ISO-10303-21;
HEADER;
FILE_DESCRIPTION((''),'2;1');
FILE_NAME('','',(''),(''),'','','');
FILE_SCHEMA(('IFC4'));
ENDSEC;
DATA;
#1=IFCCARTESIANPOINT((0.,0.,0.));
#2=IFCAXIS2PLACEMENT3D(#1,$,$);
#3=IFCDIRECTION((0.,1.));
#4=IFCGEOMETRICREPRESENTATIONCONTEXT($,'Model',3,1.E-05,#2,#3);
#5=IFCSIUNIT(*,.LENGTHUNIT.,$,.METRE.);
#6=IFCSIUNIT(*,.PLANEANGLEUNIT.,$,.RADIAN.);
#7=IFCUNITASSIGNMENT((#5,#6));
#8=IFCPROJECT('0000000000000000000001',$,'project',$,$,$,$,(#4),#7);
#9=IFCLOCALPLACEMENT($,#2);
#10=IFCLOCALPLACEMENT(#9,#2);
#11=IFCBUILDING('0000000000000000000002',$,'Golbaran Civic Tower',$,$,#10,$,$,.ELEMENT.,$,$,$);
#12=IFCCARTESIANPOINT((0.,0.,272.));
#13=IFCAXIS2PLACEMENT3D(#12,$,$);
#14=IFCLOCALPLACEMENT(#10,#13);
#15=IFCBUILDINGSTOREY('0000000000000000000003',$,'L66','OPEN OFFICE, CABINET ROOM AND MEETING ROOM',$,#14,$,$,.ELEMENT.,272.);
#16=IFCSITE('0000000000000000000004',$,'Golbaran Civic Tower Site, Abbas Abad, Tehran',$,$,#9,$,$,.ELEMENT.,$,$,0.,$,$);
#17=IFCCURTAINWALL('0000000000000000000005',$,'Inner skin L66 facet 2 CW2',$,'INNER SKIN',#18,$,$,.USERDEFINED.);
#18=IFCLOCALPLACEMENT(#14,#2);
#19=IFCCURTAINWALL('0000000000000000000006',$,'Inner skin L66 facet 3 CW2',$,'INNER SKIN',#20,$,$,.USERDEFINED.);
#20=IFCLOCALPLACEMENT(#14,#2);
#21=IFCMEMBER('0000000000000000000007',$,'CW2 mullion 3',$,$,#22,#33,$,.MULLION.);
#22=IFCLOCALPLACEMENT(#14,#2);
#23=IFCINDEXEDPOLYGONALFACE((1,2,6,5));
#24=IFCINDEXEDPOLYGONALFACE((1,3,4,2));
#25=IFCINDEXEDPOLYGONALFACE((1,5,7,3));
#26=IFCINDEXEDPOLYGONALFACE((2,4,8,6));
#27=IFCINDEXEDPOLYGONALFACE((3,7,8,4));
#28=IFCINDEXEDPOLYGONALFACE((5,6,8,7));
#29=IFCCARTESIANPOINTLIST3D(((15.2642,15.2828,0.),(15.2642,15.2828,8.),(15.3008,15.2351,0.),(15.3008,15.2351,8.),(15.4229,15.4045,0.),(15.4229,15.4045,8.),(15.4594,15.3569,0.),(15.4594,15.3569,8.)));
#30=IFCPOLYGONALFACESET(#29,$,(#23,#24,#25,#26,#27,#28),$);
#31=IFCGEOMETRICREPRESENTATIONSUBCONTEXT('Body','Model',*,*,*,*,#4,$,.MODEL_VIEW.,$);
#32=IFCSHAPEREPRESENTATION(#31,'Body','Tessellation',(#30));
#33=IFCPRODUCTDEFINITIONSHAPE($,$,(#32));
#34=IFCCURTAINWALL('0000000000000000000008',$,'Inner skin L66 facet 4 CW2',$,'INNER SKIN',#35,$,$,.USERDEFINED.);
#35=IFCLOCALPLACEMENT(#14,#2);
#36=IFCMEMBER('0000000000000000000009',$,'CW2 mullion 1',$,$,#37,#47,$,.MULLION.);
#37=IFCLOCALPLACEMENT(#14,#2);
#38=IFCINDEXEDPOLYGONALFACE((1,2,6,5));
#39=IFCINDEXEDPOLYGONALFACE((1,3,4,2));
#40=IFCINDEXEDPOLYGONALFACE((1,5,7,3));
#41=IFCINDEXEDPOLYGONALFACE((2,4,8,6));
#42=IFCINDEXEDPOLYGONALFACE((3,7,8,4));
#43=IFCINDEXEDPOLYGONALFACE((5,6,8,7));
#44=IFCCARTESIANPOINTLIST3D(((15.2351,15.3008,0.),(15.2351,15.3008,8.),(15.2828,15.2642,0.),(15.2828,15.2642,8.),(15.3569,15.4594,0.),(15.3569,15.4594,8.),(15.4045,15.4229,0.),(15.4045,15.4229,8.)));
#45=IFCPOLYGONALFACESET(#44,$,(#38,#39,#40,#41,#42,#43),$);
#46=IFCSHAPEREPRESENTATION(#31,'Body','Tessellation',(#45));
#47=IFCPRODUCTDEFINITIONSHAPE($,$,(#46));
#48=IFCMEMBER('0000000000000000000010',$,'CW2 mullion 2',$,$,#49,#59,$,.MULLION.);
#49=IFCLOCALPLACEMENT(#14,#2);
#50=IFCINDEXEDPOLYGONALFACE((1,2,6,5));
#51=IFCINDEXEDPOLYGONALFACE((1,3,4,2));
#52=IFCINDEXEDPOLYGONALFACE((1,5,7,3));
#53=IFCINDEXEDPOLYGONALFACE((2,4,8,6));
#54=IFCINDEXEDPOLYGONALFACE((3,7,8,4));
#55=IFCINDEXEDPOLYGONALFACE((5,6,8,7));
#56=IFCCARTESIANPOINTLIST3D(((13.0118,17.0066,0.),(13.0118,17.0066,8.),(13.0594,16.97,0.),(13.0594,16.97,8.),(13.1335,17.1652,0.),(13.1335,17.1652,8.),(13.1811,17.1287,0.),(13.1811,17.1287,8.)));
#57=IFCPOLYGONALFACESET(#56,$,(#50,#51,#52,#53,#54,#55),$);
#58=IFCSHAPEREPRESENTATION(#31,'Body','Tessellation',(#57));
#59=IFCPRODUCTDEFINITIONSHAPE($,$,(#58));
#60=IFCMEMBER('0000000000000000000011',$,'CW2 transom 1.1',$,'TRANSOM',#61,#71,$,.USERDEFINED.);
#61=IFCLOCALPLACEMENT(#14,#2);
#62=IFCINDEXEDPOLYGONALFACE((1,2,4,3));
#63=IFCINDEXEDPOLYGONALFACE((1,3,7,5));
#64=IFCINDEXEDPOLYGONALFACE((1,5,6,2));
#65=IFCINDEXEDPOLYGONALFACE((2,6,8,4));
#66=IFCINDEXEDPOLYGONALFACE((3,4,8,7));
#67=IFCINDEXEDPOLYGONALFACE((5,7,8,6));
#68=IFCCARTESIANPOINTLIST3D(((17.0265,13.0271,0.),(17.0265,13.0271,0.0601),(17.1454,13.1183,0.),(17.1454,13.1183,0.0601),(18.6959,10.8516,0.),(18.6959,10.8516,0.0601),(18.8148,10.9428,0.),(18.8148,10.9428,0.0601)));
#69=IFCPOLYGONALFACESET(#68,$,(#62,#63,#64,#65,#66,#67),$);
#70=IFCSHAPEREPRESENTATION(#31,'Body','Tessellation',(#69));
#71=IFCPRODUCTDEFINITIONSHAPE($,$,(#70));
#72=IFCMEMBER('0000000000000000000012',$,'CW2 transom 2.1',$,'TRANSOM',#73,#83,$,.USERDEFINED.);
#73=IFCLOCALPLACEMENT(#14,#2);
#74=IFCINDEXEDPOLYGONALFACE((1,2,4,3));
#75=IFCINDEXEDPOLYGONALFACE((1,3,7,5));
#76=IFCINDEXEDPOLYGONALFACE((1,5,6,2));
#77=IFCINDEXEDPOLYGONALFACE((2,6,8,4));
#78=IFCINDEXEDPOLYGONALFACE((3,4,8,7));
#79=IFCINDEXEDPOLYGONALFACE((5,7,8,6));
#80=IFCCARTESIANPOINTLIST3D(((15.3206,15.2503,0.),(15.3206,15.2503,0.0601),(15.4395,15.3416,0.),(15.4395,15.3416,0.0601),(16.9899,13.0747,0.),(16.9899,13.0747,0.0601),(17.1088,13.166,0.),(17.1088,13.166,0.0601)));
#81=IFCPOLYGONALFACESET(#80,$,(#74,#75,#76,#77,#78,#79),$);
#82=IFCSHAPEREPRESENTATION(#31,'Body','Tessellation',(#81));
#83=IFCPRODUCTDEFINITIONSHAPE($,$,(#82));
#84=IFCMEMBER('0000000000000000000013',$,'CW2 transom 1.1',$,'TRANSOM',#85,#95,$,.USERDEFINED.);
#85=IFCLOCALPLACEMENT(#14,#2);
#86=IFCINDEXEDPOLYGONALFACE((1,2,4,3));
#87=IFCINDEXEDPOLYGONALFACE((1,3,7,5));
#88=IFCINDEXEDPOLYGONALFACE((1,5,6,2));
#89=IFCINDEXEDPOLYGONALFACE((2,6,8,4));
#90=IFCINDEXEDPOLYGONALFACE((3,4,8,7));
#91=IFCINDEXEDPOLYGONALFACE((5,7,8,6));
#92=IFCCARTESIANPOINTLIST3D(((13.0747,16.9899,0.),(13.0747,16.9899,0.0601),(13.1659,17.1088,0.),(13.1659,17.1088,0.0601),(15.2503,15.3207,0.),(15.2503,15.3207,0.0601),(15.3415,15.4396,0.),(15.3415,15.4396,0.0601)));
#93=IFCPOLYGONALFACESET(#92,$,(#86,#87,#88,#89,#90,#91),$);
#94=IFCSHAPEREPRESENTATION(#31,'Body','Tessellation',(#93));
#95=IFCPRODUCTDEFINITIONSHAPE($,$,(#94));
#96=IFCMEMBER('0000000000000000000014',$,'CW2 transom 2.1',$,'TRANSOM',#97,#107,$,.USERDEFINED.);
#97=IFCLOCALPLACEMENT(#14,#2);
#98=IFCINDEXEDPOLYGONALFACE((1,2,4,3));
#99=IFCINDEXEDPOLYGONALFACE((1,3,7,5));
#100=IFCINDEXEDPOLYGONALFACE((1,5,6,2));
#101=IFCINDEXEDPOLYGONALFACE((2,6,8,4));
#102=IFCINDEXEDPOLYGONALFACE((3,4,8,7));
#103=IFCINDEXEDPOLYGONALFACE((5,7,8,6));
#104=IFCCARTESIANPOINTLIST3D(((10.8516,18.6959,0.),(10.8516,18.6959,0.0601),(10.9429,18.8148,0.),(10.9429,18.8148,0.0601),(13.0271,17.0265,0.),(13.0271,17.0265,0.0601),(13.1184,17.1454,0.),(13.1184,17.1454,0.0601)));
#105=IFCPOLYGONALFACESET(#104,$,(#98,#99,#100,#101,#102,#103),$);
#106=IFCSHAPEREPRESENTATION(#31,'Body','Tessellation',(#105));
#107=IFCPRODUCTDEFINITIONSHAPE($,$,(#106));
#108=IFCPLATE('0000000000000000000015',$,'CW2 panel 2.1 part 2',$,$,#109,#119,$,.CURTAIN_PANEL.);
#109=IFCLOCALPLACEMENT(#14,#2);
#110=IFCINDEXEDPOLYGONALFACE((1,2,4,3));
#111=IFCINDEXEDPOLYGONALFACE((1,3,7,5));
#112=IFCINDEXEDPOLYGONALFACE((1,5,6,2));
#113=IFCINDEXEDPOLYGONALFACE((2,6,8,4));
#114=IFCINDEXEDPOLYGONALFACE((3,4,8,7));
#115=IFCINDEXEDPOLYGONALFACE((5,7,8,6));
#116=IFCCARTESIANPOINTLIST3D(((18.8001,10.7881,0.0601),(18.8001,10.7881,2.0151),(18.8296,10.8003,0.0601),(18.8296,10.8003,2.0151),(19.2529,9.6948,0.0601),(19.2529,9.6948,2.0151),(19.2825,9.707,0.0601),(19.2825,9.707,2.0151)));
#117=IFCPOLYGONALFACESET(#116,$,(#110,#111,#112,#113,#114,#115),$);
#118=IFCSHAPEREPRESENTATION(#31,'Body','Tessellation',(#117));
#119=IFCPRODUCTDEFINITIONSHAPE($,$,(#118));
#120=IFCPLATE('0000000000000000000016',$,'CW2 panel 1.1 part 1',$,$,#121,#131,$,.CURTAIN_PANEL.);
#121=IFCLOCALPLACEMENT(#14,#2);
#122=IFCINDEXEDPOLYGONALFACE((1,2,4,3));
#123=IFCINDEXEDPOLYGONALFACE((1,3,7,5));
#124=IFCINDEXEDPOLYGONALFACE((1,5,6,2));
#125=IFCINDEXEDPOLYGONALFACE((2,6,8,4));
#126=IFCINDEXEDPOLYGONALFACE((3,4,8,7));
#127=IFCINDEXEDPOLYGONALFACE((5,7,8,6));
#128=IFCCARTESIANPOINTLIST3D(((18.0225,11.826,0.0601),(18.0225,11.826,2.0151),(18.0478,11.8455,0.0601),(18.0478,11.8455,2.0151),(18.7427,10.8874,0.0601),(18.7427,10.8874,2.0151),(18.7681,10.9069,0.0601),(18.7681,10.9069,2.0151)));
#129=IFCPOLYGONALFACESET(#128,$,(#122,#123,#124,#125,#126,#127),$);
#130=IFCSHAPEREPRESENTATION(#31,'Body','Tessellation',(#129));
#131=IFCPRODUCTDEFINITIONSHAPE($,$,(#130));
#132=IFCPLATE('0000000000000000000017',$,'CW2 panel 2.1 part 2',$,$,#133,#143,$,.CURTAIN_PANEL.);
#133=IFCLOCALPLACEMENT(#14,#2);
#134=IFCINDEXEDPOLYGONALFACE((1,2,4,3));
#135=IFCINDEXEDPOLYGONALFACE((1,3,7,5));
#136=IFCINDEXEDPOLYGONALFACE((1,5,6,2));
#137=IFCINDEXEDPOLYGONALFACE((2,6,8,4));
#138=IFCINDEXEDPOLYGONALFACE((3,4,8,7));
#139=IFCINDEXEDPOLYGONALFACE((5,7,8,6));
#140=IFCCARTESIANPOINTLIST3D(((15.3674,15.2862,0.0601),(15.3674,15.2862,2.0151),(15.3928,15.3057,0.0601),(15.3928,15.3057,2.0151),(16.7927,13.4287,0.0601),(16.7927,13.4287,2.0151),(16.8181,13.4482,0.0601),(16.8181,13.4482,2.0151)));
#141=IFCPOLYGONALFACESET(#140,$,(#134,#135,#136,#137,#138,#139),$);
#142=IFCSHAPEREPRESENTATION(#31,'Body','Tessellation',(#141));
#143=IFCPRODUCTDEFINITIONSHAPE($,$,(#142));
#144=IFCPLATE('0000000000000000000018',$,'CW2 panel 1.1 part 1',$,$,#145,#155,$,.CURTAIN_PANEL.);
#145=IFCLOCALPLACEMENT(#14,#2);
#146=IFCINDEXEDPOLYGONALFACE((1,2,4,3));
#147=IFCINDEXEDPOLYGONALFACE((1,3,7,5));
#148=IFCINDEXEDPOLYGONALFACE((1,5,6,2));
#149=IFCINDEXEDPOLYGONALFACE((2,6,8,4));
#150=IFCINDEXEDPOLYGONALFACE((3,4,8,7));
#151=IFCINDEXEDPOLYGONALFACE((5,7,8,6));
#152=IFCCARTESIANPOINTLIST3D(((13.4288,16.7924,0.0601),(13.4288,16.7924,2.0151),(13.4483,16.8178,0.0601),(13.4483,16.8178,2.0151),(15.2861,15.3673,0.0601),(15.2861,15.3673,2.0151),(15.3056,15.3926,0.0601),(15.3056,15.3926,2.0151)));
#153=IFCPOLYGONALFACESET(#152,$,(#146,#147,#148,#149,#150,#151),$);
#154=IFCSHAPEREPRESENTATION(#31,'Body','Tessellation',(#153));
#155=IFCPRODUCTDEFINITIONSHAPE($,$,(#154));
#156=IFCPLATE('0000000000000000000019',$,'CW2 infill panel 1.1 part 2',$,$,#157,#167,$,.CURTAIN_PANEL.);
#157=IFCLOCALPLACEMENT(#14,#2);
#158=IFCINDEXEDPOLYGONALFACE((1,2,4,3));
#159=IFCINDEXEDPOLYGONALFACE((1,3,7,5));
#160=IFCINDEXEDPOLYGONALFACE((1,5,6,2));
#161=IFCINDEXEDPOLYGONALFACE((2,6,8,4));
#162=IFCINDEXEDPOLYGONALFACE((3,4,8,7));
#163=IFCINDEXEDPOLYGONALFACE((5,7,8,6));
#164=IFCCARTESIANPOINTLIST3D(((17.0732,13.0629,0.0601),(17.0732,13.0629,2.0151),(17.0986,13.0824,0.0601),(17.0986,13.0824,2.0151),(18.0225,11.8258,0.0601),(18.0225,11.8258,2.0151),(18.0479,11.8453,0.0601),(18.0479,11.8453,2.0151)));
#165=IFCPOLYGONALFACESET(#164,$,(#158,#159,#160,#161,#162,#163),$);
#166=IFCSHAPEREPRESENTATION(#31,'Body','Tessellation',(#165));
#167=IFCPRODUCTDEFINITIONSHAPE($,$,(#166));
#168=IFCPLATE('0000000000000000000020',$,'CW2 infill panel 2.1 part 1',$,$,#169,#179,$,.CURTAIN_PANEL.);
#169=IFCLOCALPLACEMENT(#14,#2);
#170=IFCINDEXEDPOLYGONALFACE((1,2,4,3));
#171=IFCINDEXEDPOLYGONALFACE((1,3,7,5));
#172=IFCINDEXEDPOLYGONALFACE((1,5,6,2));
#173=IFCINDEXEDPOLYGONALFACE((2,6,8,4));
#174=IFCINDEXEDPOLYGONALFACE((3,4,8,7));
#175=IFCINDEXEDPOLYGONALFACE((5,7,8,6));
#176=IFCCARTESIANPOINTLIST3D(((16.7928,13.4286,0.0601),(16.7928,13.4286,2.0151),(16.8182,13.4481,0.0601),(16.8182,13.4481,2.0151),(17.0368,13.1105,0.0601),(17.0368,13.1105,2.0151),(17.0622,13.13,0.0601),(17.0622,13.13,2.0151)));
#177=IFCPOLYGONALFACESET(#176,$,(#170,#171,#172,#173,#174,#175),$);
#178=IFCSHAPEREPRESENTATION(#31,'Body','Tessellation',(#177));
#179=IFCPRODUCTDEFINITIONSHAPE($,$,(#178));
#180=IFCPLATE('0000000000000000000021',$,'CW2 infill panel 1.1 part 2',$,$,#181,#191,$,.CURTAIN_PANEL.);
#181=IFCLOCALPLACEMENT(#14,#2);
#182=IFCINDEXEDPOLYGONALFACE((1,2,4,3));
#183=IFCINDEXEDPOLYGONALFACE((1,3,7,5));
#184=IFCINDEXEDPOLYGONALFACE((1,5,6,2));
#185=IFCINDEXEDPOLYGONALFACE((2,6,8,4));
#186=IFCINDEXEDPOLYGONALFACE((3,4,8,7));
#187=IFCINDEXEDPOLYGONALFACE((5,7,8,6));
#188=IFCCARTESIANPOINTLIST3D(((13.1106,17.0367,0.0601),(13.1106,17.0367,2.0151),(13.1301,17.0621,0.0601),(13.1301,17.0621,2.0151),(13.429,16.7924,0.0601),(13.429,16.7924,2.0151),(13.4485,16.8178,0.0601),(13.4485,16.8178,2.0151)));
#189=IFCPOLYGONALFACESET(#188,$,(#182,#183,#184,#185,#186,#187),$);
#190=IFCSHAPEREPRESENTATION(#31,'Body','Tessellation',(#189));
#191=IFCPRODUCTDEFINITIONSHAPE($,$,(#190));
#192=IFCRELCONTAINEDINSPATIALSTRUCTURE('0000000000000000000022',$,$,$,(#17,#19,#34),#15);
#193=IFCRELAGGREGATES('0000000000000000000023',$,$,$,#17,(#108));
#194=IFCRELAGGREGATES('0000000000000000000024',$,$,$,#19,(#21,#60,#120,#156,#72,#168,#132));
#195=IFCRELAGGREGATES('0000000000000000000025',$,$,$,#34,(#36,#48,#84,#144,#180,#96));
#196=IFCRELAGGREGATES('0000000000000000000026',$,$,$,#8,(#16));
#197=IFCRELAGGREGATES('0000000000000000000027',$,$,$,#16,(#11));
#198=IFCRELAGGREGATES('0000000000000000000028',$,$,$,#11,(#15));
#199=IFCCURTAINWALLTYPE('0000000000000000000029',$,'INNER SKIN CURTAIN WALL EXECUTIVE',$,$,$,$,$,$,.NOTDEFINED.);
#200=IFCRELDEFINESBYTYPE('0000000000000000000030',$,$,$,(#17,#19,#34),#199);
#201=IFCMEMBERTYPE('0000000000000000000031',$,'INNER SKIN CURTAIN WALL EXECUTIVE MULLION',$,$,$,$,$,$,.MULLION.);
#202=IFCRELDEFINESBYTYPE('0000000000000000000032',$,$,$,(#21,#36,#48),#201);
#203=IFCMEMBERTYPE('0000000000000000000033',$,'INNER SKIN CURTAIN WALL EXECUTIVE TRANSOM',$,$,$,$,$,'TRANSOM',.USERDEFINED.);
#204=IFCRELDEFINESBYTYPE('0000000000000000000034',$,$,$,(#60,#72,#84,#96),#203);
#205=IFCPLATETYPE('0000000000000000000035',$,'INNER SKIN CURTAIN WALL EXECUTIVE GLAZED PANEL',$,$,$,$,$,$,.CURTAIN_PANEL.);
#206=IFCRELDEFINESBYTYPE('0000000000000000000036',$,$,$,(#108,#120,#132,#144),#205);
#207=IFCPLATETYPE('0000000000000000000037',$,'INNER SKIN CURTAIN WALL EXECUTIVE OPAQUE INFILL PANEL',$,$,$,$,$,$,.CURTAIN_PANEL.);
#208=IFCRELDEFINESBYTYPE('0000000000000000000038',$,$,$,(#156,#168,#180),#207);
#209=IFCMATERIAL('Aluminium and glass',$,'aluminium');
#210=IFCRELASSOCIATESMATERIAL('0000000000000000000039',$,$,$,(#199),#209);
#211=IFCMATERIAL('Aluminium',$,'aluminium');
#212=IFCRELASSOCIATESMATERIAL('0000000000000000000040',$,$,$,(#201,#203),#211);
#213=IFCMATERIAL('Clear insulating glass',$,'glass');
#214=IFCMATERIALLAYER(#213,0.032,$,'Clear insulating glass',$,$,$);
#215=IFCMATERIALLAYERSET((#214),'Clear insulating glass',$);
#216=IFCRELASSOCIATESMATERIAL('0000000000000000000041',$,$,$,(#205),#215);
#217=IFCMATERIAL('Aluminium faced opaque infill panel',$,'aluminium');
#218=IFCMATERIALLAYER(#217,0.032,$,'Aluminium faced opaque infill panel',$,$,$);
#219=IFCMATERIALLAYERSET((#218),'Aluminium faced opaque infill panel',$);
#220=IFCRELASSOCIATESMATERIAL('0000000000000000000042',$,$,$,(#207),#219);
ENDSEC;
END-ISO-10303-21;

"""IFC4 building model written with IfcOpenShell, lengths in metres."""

from ifc_helpers import new_model, si_unit, direction, frame, origin, origin_2d, place, context, subcontext, project, spatial, rectangle, extrude, material, layer, layer_set, material_profile, profile_set, type_object, element, aggregate, save


model = new_model("IFC4")

# Units and contexts
model_context = context("Model", 3, precision=1e-05, world=origin(), true_north=direction((0.0, 1.0)))
body_context = subcontext(model_context, "Body", "Model", "MODEL_VIEW")
ifc_project = project(units=[si_unit("LENGTHUNIT", "METRE"), si_unit("PLANEANGLEUNIT", "RADIAN")], contexts=[model_context])

# Site, building, storey
site_placement = place(None, origin())
site = spatial("IfcSite", under=ifc_project, at=site_placement, Name="Golbaran Civic Tower Site, Abbas Abad, Tehran", CompositionType="ELEMENT", RefElevation=0.0)
building_placement = place(site_placement, origin())
building = spatial("IfcBuilding", under=site, at=building_placement, Name="Golbaran Civic Tower", CompositionType="ELEMENT")
storey_placement = place(building_placement, frame((0.0, 0.0, 272.0)))
storey = spatial("IfcBuildingStorey", under=building, at=storey_placement, Name="L66", Description="OPEN OFFICE, CABINET ROOM AND MEETING ROOM", CompositionType="ELEMENT", Elevation=272.0)

# Curtain wall
ifc_material_1 = material(Name="Aluminium and glass", Category="aluminium")
curtain_wall_type = type_object("IfcCurtainWallType", Name="INNER SKIN CURTAIN WALL EXECUTIVE", PredefinedType="NOTDEFINED", material=ifc_material_1)
curtain_wall_1_placement = place(storey_placement, origin())
curtain_wall_1 = element("IfcCurtainWall", 1, at=curtain_wall_1_placement, inside=storey, type_object=curtain_wall_type, Name="Inner skin L66 facet 2 CW2", ObjectType="INNER SKIN", PredefinedType="USERDEFINED")
ifc_material_2 = material(Name="Aluminium", Category="aluminium")
ifc_material_profile_1 = material_profile(ifc_material_2, rectangle(XDim=0.2, YDim=0.0601, at=origin_2d()), Name="INNER SKIN CURTAIN WALL EXECUTIVE MULLION")
ifc_profile_set_1 = profile_set([ifc_material_profile_1], Name="Aluminium")
member_type_1 = type_object("IfcMemberType", Name="INNER SKIN CURTAIN WALL EXECUTIVE MULLION", PredefinedType="MULLION", material=ifc_profile_set_1)

# Curtain walls, members
curtain_wall_2_placement = place(storey_placement, origin())
curtain_wall_2 = element("IfcCurtainWall", 2, at=curtain_wall_2_placement, inside=storey, type_object=curtain_wall_type, Name="Inner skin L66 facet 3 CW2", ObjectType="INNER SKIN", PredefinedType="USERDEFINED")
member_1_placement = place(storey_placement, frame((15.3618, 15.3198, 0.0), z_axis=(0.0, 0.0, 1.0), x_axis=(-0.793353, -0.608761, 0.0)))
member_1 = element("IfcMember", 3, at=member_1_placement, type_object=member_type_1, Name="CW2 mullion 3", PredefinedType="MULLION", context=body_context, shape_type="SweptSolid", body=[
    extrude(rectangle(XDim=0.2, YDim=0.0601, at=origin_2d()), origin(), (0.0, 0.0, 1.0), 8.0),
])
curtain_wall_3_placement = place(storey_placement, origin())
curtain_wall_3 = element("IfcCurtainWall", 4, at=curtain_wall_3_placement, inside=storey, type_object=curtain_wall_type, Name="Inner skin L66 facet 4 CW2", ObjectType="INNER SKIN", PredefinedType="USERDEFINED")
member_2_placement = place(storey_placement, frame((15.3198, 15.3618, 0.0), z_axis=(0.0, 0.0, 1.0), x_axis=(-0.608761, -0.793353, 0.0)))
member_2 = element("IfcMember", 5, at=member_2_placement, type_object=member_type_1, Name="CW2 mullion 1", PredefinedType="MULLION", context=body_context, shape_type="SweptSolid", body=[
    extrude(rectangle(XDim=0.2, YDim=0.0601, at=origin_2d()), origin(), (0.0, 0.0, 1.0), 8.0),
])
member_3_placement = place(storey_placement, frame((13.0964, 17.0676, 0.0), z_axis=(0.0, 0.0, 1.0), x_axis=(-0.608761, -0.793353, 0.0)))
member_3 = element("IfcMember", 6, at=member_3_placement, type_object=member_type_1, Name="CW2 mullion 2", PredefinedType="MULLION", context=body_context, shape_type="SweptSolid", body=[
    extrude(rectangle(XDim=0.2, YDim=0.0601, at=origin_2d()), origin(), (0.0, 0.0, 1.0), 8.0),
])

# Members
ifc_material_profile_2 = material_profile(ifc_material_2, rectangle(XDim=0.1499, YDim=0.0601, at=origin_2d()), Name="INNER SKIN CURTAIN WALL EXECUTIVE TRANSOM")
ifc_profile_set_2 = profile_set([ifc_material_profile_2], Name="Aluminium")
member_type_2 = type_object("IfcMemberType", Name="INNER SKIN CURTAIN WALL EXECUTIVE TRANSOM", ElementType="TRANSOM", PredefinedType="USERDEFINED", material=ifc_profile_set_2)
member_4_placement = place(storey_placement, frame((18.7554, 10.8972, 0.03), z_axis=(-0.608781, 0.793338, 0.0), x_axis=(-0.793338, -0.608781, 0.0)))
member_4 = element("IfcMember", 7, at=member_4_placement, type_object=member_type_2, Name="CW2 transom 1.1", ObjectType="TRANSOM", PredefinedType="USERDEFINED", context=body_context, shape_type="SweptSolid", body=[
    extrude(rectangle(XDim=0.1499, YDim=0.0601, at=origin_2d()), origin(), (0.0, 0.0, 1.0), 2.7422),
])
member_5_placement = place(storey_placement, frame((17.0493, 13.1204, 0.03), z_axis=(-0.608725, 0.793381, 0.0), x_axis=(-0.793381, -0.608725, 0.0)))
member_5 = element("IfcMember", 8, at=member_5_placement, type_object=member_type_2, Name="CW2 transom 2.1", ObjectType="TRANSOM", PredefinedType="USERDEFINED", context=body_context, shape_type="SweptSolid", body=[
    extrude(rectangle(XDim=0.1499, YDim=0.0601, at=origin_2d()), origin(), (0.0, 0.0, 1.0), 2.7422),
])
member_6_placement = place(storey_placement, frame((15.2959, 15.3801, 0.03), z_axis=(-0.793381, 0.608725, 0.0), x_axis=(-0.608725, -0.793381, 0.0)))
member_6 = element("IfcMember", 9, at=member_6_placement, type_object=member_type_2, Name="CW2 transom 1.1", ObjectType="TRANSOM", PredefinedType="USERDEFINED", context=body_context, shape_type="SweptSolid", body=[
    extrude(rectangle(XDim=0.1499, YDim=0.0601, at=origin_2d()), origin(), (0.0, 0.0, 1.0), 2.7422),
])
member_7_placement = place(storey_placement, frame((13.0728, 17.0859, 0.03), z_axis=(-0.793338, 0.608781, 0.0), x_axis=(-0.608781, -0.793338, 0.0)))
member_7 = element("IfcMember", 10, at=member_7_placement, type_object=member_type_2, Name="CW2 transom 2.1", ObjectType="TRANSOM", PredefinedType="USERDEFINED", context=body_context, shape_type="SweptSolid", body=[
    extrude(rectangle(XDim=0.1499, YDim=0.0601, at=origin_2d()), origin(), (0.0, 0.0, 1.0), 2.7422),
])

# Plates
ifc_material_3 = material(Name="Clear insulating glass", Category="glass")
ifc_layer_1 = layer(ifc_material_3, 0.032, Name="Clear insulating glass")
ifc_layer_set_1 = layer_set([ifc_layer_1], Name="Clear insulating glass")
plate_type_1 = type_object("IfcPlateType", Name="INNER SKIN CURTAIN WALL EXECUTIVE GLAZED PANEL", PredefinedType="CURTAIN_PANEL", material=ifc_layer_set_1)
plate_1_placement = place(storey_placement, frame((19.0413, 10.2476, 0.0601), z_axis=(0.0, 0.0, 1.0), x_axis=(-0.382683, 0.92388, 0.0)))
plate_1 = element("IfcPlate", 11, at=plate_1_placement, type_object=plate_type_1, Name="CW2 panel 2.1 part 2", PredefinedType="CURTAIN_PANEL", context=body_context, shape_type="SweptSolid", body=[
    extrude(rectangle(XDim=1.1833, YDim=0.032, at=origin_2d()), origin(), (0.0, 0.0, 1.0), 1.9551),
])
aggregate(curtain_wall_1, [plate_1])
plate_2_placement = place(storey_placement, frame((18.3953, 11.3665, 0.0601), z_axis=(0.0, 0.0, 1.0), x_axis=(-0.608761, 0.793353, 0.0)))
plate_2 = element("IfcPlate", 12, at=plate_2_placement, type_object=plate_type_1, Name="CW2 panel 1.1 part 1", PredefinedType="CURTAIN_PANEL", context=body_context, shape_type="SweptSolid", body=[
    extrude(rectangle(XDim=1.1831, YDim=0.032, at=origin_2d()), origin(), (0.0, 0.0, 1.0), 1.9551),
])
plate_3_placement = place(storey_placement, frame((16.0928, 14.3672, 0.0601), z_axis=(0.0, 0.0, 1.0), x_axis=(-0.608761, 0.793353, 0.0)))
plate_3 = element("IfcPlate", 13, at=plate_3_placement, type_object=plate_type_1, Name="CW2 panel 2.1 part 2", PredefinedType="CURTAIN_PANEL", context=body_context, shape_type="SweptSolid", body=[
    extrude(rectangle(XDim=2.3413, YDim=0.032, at=origin_2d()), origin(), (0.0, 0.0, 1.0), 1.9551),
])
plate_4_placement = place(storey_placement, frame((14.3672, 16.0925, 0.0601), z_axis=(0.0, 0.0, 1.0), x_axis=(-0.793353, 0.608761, 0.0)))
plate_4 = element("IfcPlate", 14, at=plate_4_placement, type_object=plate_type_1, Name="CW2 panel 1.1 part 1", PredefinedType="CURTAIN_PANEL", context=body_context, shape_type="SweptSolid", body=[
    extrude(rectangle(XDim=2.3411, YDim=0.032, at=origin_2d()), origin(), (0.0, 0.0, 1.0), 1.9551),
])
ifc_material_4 = material(Name="Aluminium faced opaque infill panel", Category="aluminium")
ifc_layer_2 = layer(ifc_material_4, 0.032, Name="Aluminium faced opaque infill panel")
ifc_layer_set_2 = layer_set([ifc_layer_2], Name="Aluminium faced opaque infill panel")
plate_type_2 = type_object("IfcPlateType", Name="INNER SKIN CURTAIN WALL EXECUTIVE OPAQUE INFILL PANEL", PredefinedType="CURTAIN_PANEL", material=ifc_layer_set_2)
plate_5_placement = place(storey_placement, frame((17.5605, 12.4541, 0.0601), z_axis=(0.0, 0.0, 1.0), x_axis=(-0.608761, 0.793353, 0.0)))
plate_5 = element("IfcPlate", 15, at=plate_5_placement, type_object=plate_type_2, Name="CW2 infill panel 1.1 part 2", PredefinedType="CURTAIN_PANEL", context=body_context, shape_type="SweptSolid", body=[
    extrude(rectangle(XDim=1.5593, YDim=0.032, at=origin_2d()), origin(), (0.0, 0.0, 1.0), 1.9551),
])
plate_6_placement = place(storey_placement, frame((16.9275, 13.2793, 0.0601), z_axis=(0.0, 0.0, 1.0), x_axis=(-0.608761, 0.793353, 0.0)))
plate_6 = element("IfcPlate", 16, at=plate_6_placement, type_object=plate_type_2, Name="CW2 infill panel 2.1 part 1", PredefinedType="CURTAIN_PANEL", context=body_context, shape_type="SweptSolid", body=[
    extrude(rectangle(XDim=0.4009, YDim=0.032, at=origin_2d()), origin(), (0.0, 0.0, 1.0), 1.9551),
])
aggregate(curtain_wall_2, [member_1, member_4, plate_2, plate_5, member_5, plate_6, plate_3])
plate_7_placement = place(storey_placement, frame((13.2795, 16.9272, 0.0601), z_axis=(0.0, 0.0, 1.0), x_axis=(-0.793353, 0.608761, 0.0)))
plate_7 = element("IfcPlate", 17, at=plate_7_placement, type_object=plate_type_2, Name="CW2 infill panel 1.1 part 2", PredefinedType="CURTAIN_PANEL", context=body_context, shape_type="SweptSolid", body=[
    extrude(rectangle(XDim=0.4014, YDim=0.032, at=origin_2d()), origin(), (0.0, 0.0, 1.0), 1.9551),
])
aggregate(curtain_wall_3, [member_2, member_3, member_6, plate_4, plate_7, member_7])

save(model, "model.ifc")
